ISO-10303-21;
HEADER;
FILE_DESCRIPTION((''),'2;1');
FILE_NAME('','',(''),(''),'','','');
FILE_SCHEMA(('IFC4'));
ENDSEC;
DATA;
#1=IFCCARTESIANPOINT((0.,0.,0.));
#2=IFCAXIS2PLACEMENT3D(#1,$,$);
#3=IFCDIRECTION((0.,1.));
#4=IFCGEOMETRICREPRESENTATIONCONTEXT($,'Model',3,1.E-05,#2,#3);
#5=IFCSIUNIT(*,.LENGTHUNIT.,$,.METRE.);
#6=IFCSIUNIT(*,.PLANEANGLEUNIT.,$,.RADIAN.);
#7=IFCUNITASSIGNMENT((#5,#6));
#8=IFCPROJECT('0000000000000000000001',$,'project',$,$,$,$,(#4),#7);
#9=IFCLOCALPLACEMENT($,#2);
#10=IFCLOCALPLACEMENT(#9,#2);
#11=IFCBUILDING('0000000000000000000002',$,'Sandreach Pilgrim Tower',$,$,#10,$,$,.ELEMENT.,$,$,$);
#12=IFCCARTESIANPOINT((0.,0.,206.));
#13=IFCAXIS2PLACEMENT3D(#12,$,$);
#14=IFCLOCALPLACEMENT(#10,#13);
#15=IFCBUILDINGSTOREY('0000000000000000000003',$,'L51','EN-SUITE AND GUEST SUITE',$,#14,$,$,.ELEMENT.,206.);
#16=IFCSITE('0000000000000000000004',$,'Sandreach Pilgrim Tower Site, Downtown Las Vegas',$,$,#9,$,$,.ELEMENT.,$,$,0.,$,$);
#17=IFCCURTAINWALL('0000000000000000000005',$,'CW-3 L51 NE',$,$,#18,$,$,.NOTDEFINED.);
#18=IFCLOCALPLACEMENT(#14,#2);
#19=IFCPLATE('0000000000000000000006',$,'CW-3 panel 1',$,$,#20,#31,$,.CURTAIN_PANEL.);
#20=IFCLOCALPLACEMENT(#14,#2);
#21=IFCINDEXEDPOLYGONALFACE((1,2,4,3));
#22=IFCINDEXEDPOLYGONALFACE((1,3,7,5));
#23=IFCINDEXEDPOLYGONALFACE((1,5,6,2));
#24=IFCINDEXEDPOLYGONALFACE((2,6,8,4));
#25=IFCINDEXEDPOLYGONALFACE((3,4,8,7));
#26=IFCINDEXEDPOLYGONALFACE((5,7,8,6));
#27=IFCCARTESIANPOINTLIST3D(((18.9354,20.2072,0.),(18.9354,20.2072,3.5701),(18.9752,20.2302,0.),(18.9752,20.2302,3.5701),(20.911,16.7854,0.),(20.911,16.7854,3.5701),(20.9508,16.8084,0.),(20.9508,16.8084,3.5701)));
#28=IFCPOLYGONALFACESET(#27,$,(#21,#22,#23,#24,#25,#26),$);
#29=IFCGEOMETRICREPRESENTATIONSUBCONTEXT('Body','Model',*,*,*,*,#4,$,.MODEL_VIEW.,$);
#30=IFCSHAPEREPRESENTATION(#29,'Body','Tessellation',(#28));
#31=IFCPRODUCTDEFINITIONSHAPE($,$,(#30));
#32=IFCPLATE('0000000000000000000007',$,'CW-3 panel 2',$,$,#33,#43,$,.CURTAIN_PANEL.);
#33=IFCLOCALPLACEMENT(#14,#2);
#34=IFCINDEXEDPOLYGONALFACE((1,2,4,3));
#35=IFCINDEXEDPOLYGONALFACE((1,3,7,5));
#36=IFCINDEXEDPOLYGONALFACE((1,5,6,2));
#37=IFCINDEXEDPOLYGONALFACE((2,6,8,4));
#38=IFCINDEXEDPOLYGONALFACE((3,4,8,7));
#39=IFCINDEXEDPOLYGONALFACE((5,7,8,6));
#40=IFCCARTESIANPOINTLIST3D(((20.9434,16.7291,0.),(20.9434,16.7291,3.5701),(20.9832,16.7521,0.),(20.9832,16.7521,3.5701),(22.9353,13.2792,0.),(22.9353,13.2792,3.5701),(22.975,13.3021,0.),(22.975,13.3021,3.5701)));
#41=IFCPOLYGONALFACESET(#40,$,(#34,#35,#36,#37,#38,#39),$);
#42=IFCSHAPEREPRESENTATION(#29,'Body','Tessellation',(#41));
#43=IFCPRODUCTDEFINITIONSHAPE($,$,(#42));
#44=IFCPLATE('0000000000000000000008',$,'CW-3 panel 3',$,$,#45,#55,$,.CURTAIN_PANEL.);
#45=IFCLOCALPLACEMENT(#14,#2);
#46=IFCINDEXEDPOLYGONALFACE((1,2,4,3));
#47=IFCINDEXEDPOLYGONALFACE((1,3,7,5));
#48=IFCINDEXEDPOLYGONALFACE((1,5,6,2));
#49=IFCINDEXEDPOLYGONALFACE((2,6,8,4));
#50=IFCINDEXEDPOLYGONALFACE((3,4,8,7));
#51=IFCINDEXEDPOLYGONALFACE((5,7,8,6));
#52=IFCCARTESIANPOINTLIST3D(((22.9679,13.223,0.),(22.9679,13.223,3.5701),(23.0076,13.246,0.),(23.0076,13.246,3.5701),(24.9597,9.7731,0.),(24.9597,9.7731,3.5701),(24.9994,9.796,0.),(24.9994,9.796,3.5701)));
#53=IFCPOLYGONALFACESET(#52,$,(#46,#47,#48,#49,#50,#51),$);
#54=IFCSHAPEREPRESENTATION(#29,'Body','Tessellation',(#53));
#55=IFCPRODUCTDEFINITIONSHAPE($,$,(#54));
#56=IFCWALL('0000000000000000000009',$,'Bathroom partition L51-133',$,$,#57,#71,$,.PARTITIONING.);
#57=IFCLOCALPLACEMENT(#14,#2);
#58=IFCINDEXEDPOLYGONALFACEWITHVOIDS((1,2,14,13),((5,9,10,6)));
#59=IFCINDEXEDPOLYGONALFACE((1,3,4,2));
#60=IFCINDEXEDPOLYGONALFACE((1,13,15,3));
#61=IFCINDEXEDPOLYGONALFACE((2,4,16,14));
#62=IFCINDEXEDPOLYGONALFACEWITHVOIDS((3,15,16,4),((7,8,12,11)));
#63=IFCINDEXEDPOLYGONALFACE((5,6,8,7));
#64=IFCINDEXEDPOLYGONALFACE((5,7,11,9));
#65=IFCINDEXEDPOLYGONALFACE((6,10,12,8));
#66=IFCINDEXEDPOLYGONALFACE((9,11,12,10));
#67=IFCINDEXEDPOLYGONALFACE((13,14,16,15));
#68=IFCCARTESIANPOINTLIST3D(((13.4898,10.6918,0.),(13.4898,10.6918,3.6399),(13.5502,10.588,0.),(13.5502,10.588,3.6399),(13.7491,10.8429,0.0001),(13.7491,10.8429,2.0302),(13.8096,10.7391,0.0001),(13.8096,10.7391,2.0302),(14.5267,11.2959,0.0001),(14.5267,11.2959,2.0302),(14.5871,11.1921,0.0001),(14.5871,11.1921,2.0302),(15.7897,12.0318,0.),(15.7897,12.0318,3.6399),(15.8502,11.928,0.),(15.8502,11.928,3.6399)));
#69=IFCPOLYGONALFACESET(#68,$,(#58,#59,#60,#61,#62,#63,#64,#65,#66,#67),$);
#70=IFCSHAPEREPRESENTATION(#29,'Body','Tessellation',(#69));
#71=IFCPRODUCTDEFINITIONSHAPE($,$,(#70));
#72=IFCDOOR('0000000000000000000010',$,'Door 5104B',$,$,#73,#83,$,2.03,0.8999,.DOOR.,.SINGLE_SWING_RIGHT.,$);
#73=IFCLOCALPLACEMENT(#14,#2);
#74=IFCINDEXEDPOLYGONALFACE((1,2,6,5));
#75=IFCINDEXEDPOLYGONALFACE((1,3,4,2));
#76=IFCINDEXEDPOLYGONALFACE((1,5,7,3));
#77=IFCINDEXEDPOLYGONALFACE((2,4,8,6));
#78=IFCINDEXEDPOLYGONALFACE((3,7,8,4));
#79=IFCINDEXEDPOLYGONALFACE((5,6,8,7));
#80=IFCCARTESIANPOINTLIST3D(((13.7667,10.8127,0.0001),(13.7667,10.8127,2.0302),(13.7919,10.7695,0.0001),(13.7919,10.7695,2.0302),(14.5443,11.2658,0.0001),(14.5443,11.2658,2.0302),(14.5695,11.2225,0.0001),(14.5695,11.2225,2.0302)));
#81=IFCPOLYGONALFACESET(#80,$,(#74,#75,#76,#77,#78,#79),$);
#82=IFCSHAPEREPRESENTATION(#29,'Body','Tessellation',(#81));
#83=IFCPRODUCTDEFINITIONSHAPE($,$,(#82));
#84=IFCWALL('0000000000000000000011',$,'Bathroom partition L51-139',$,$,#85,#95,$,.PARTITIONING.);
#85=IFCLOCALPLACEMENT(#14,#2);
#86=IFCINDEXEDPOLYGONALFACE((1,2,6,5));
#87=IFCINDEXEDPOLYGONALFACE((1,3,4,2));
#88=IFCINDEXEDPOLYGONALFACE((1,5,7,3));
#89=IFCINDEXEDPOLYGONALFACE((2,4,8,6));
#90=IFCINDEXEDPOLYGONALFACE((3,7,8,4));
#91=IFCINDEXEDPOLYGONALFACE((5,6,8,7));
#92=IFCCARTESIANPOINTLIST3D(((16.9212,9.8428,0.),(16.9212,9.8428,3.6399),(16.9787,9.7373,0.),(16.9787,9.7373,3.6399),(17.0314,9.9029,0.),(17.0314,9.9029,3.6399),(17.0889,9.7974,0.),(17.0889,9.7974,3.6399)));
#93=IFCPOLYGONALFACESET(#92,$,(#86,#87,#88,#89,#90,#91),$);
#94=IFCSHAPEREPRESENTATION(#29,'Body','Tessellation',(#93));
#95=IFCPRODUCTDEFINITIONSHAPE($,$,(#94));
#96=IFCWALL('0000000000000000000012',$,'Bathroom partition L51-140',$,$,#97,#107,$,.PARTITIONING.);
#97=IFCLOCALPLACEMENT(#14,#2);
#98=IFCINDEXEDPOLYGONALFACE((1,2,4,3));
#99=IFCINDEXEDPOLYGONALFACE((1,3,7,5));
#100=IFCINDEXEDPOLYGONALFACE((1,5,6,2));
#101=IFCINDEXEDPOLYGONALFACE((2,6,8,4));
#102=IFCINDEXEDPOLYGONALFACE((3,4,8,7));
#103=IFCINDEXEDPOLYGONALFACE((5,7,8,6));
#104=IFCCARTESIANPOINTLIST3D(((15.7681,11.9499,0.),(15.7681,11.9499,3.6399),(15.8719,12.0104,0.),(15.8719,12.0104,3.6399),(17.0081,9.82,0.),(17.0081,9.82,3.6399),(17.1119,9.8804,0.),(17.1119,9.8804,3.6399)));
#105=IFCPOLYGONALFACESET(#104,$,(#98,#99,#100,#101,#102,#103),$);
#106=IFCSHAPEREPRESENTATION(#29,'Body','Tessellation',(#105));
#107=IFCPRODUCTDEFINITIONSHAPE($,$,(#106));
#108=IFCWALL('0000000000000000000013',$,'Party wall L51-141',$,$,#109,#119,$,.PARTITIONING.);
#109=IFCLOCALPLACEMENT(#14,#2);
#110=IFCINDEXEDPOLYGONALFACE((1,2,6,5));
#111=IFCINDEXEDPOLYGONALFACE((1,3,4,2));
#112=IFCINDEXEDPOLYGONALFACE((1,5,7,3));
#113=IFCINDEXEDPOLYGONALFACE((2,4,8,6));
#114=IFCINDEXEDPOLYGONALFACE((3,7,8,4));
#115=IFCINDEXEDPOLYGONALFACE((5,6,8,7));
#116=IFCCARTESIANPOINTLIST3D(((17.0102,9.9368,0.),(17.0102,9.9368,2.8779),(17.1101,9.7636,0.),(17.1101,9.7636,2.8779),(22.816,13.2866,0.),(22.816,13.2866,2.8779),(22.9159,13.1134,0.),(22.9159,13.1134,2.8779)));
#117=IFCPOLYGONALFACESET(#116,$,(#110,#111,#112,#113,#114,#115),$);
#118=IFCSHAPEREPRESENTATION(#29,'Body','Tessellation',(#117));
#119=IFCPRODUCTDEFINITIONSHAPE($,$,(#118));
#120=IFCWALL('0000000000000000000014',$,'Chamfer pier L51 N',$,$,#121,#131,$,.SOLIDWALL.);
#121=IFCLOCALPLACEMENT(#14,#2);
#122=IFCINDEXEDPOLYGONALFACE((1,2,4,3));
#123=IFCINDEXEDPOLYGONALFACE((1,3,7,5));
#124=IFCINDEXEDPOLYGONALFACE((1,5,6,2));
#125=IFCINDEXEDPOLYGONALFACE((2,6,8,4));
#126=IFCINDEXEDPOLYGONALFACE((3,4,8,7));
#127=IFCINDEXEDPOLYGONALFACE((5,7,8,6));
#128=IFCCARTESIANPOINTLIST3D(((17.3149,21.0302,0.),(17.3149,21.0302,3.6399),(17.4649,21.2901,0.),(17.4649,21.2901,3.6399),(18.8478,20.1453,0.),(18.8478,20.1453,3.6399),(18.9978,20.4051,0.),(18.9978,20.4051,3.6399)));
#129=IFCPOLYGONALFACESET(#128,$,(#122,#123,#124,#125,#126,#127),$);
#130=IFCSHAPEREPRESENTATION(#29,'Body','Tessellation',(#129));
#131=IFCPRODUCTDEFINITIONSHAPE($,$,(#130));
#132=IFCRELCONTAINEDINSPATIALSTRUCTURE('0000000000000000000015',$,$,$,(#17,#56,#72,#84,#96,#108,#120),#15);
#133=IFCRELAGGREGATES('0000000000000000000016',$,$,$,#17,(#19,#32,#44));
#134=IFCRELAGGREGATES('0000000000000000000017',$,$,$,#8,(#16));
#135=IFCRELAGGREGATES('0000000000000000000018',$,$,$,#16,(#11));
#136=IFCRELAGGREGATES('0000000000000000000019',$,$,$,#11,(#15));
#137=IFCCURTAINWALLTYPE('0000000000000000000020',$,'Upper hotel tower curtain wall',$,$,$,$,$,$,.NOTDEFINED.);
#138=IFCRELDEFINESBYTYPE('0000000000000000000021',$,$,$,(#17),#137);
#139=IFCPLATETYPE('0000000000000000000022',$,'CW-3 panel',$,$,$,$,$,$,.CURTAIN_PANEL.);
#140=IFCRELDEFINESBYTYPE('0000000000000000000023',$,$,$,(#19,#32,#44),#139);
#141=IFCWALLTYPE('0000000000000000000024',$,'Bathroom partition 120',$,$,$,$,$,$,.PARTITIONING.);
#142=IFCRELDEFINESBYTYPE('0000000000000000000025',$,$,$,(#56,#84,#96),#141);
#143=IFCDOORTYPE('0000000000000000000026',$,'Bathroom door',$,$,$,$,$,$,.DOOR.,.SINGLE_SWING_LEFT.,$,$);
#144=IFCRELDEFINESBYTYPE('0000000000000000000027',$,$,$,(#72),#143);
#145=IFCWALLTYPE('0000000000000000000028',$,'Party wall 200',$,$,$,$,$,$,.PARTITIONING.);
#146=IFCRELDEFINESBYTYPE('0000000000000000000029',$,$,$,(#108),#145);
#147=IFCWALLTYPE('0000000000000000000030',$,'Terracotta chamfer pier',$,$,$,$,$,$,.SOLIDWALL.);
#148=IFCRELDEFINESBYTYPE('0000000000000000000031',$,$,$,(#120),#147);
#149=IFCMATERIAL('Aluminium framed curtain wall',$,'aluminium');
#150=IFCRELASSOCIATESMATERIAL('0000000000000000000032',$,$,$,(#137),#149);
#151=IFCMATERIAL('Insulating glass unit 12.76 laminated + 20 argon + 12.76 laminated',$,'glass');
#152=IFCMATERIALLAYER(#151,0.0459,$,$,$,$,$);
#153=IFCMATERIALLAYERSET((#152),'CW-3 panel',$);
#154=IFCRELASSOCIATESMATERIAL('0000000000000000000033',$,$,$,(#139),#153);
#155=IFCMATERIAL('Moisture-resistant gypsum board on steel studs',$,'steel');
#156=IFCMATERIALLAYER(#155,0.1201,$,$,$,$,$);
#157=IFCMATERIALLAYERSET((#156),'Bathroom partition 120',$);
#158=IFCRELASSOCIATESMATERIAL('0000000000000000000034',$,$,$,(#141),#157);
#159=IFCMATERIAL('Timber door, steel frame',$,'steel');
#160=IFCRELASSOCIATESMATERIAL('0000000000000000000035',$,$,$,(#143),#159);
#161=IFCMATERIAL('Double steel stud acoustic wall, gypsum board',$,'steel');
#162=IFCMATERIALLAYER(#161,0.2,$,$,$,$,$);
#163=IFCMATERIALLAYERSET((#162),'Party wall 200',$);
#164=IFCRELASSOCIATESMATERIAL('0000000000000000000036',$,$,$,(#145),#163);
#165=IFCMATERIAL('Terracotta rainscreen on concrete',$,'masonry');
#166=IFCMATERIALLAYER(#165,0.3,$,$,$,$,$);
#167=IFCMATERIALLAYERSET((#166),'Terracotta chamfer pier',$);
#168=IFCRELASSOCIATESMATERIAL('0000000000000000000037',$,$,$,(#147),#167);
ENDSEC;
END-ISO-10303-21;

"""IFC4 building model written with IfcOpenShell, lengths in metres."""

from ifc_helpers import new_model, si_unit, direction, frame, frame_2d, origin, origin_2d, place, context, subcontext, project, spatial, rectangle, extrude, material, layer, layer_set, type_object, element, fill, aggregate, save


model = new_model("IFC4")

# Units and contexts
model_context = context("Model", 3, precision=1e-05, world=origin(), true_north=direction((0.0, 1.0)))
body_context = subcontext(model_context, "Body", "Model", "MODEL_VIEW")
ifc_project = project(units=[si_unit("LENGTHUNIT", "METRE"), si_unit("PLANEANGLEUNIT", "RADIAN")], contexts=[model_context])

# Site, building, storey
site_placement = place(None, origin())
site = spatial("IfcSite", under=ifc_project, at=site_placement, Name="Sandreach Pilgrim Tower Site, Downtown Las Vegas", CompositionType="ELEMENT", RefElevation=0.0)
building_placement = place(site_placement, origin())
building = spatial("IfcBuilding", under=site, at=building_placement, Name="Sandreach Pilgrim Tower", CompositionType="ELEMENT")
storey_placement = place(building_placement, frame((0.0, 0.0, 206.0)))
storey = spatial("IfcBuildingStorey", under=building, at=storey_placement, Name="L51", Description="EN-SUITE AND GUEST SUITE", CompositionType="ELEMENT", Elevation=206.0)

# Shared definitions
ifc_material_1 = material(Name="Aluminium framed curtain wall", Category="aluminium")
curtain_wall_type = type_object("IfcCurtainWallType", Name="Upper hotel tower curtain wall", PredefinedType="NOTDEFINED", material=ifc_material_1)

# Curtain wall
curtain_wall_1_placement = place(storey_placement, origin())
curtain_wall_1 = element("IfcCurtainWall", 1, at=curtain_wall_1_placement, inside=storey, type_object=curtain_wall_type, Name="CW-3 L51 NE", PredefinedType="NOTDEFINED")

# Plates
ifc_material_2 = material(Name="Insulating glass unit 12.76 laminated + 20 argon + 12.76 laminated", Category="glass")
ifc_layer_1 = layer(ifc_material_2, 0.0459)
ifc_layer_set_1 = layer_set([ifc_layer_1], Name="CW-3 panel")
plate_type = type_object("IfcPlateType", Name="CW-3 panel", PredefinedType="CURTAIN_PANEL", material=ifc_layer_set_1)
plate_1_placement = place(storey_placement, frame((19.9431, 18.5078, 0.0), z_axis=(0.0, 0.0, 1.0), x_axis=(0.5, -0.866025, 0.0)))
plate_1 = element("IfcPlate", 2, at=plate_1_placement, type_object=plate_type, Name="CW-3 panel 1", PredefinedType="CURTAIN_PANEL", context=body_context, shape_type="SweptSolid", body=[
    extrude(rectangle(XDim=3.9512, YDim=0.0459, at=origin_2d()), origin(), (0.0, 0.0, 1.0), 3.5701),
])
plate_2_placement = place(storey_placement, frame((21.9592, 15.0156, 0.0), z_axis=(0.0, 0.0, 1.0), x_axis=(0.5, -0.866025, 0.0)))
plate_2 = element("IfcPlate", 3, at=plate_2_placement, type_object=plate_type, Name="CW-3 panel 2", PredefinedType="CURTAIN_PANEL", context=body_context, shape_type="SweptSolid", body=[
    extrude(rectangle(XDim=3.9836, YDim=0.0459, at=origin_2d()), origin(), (0.0, 0.0, 1.0), 3.5701),
])
plate_3_placement = place(storey_placement, frame((23.9836, 11.5095, 0.0), z_axis=(0.0, 0.0, 1.0), x_axis=(0.5, -0.866025, 0.0)))
plate_3 = element("IfcPlate", 4, at=plate_3_placement, type_object=plate_type, Name="CW-3 panel 3", PredefinedType="CURTAIN_PANEL", context=body_context, shape_type="SweptSolid", body=[
    extrude(rectangle(XDim=3.9836, YDim=0.0459, at=origin_2d()), origin(), (0.0, 0.0, 1.0), 3.5701),
])
aggregate(curtain_wall_1, [plate_1, plate_2, plate_3])

# Wall, opening, door
ifc_material_3 = material(Name="Moisture-resistant gypsum board on steel studs", Category="steel")
ifc_layer_2 = layer(ifc_material_3, 0.1201)
ifc_layer_set_2 = layer_set([ifc_layer_2], Name="Bathroom partition 120")
wall_type_1 = type_object("IfcWallType", Name="Bathroom partition 120", PredefinedType="PARTITIONING", material=ifc_layer_set_2)
wall_1_placement = place(storey_placement, frame((15.8201, 11.98, 0.0), z_axis=(0.0, 0.0, 1.0), x_axis=(-0.864042, -0.50342, 0.0)))
wall_1 = element("IfcWall", 5, at=wall_1_placement, inside=storey, type_object=wall_type_1, Name="Bathroom partition L51-133", PredefinedType="PARTITIONING", context=body_context, shape_type="SweptSolid", body=[
    extrude(rectangle(XDim=2.6619, YDim=0.1201, at=frame_2d((1.3311, 0.0))), origin(), (0.0, 0.0, 1.0), 3.6399),
])
opening_placement = place(wall_1_placement, frame((1.4619, 0.0, 0.0)))
opening = element("IfcOpeningElement", 6, at=opening_placement, cuts=wall_1, PredefinedType="OPENING", context=body_context, shape_type="SweptSolid", body=[
    extrude(rectangle(XDim=0.8999, YDim=2.03, at=frame_2d((0.45, 1.0151))), frame((0.0, 0.0601, 0.0), z_axis=(0.0, -1.0, 0.0), x_axis=(1.0, 0.0, 0.0)), (0.0, 0.0, 1.0), 0.1201),
])
ifc_material_4 = material(Name="Timber door, steel frame", Category="steel")
door_type = type_object("IfcDoorType", Name="Bathroom door", OperationType="SINGLE_SWING_LEFT", PredefinedType="DOOR", material=ifc_material_4)
door_placement = place(opening_placement, origin())
door = element("IfcDoor", 7, at=door_placement, inside=storey, type_object=door_type, Name="Door 5104B", OperationType="SINGLE_SWING_RIGHT", OverallHeight=2.03, OverallWidth=0.8999, PredefinedType="DOOR", context=body_context, shape_type="SweptSolid", body=[
    extrude(rectangle(XDim=0.8999, YDim=2.03, at=frame_2d((0.45, 1.0151))), frame((0.0, 0.0249, 0.0), z_axis=(0.0, -1.0, 0.0), x_axis=(1.0, 0.0, 0.0)), (0.0, 0.0, 1.0), 0.05),
])
fill(opening, door)

# Walls
wall_2_placement = place(storey_placement, frame((16.95, 9.79, 0.0), z_axis=(0.0, 0.0, 1.0), x_axis=(0.877896, 0.478852, 0.0)))
element("IfcWall", 8, at=wall_2_placement, inside=storey, type_object=wall_type_1, Name="Bathroom partition L51-139", PredefinedType="PARTITIONING", context=body_context, shape_type="SweptSolid", body=[
    extrude(rectangle(XDim=0.1255, YDim=0.1201, at=frame_2d((0.0627, 0.0))), origin(), (0.0, 0.0, 1.0), 3.6399),
])
wall_3_placement = place(storey_placement, frame((17.0601, 9.8501, 0.0), z_axis=(0.0, 0.0, 1.0), x_axis=(-0.503132, 0.86421, 0.0)))
element("IfcWall", 9, at=wall_3_placement, inside=storey, type_object=wall_type_1, Name="Bathroom partition L51-140", PredefinedType="PARTITIONING", context=body_context, shape_type="SweptSolid", body=[
    extrude(rectangle(XDim=2.4646, YDim=0.1201, at=frame_2d((1.2324, 0.0))), origin(), (0.0, 0.0, 1.0), 3.6399),
])
ifc_material_5 = material(Name="Double steel stud acoustic wall, gypsum board", Category="steel")
ifc_layer_3 = layer(ifc_material_5, 0.2)
ifc_layer_set_3 = layer_set([ifc_layer_3], Name="Party wall 200")
wall_type_2 = type_object("IfcWallType", Name="Party wall 200", PredefinedType="PARTITIONING", material=ifc_layer_set_3)
wall_4_placement = place(storey_placement, frame((17.0601, 9.8501, 0.0), z_axis=(0.0, 0.0, 1.0), x_axis=(0.866167, 0.499755, 0.0)))
element("IfcWall", 10, at=wall_4_placement, inside=storey, type_object=wall_type_2, Name="Party wall L51-141", PredefinedType="PARTITIONING", context=body_context, shape_type="SweptSolid", body=[
    extrude(rectangle(XDim=6.7029, YDim=0.2, at=frame_2d((3.3516, 0.0))), origin(), (0.0, 0.0, 1.0), 2.8779),
])
ifc_material_6 = material(Name="Terracotta rainscreen on concrete", Category="masonry")
ifc_layer_4 = layer(ifc_material_6, 0.3)
ifc_layer_set_4 = layer_set([ifc_layer_4], Name="Terracotta chamfer pier")
wall_type_3 = type_object("IfcWallType", Name="Terracotta chamfer pier", PredefinedType="SOLIDWALL", material=ifc_layer_set_4)
wall_5_placement = place(storey_placement, frame((17.3899, 21.1602, 0.0), z_axis=(0.0, 0.0, 1.0), x_axis=(0.866036, -0.499981, 0.0)))
element("IfcWall", 11, at=wall_5_placement, inside=storey, type_object=wall_type_3, Name="Chamfer pier L51 N", PredefinedType="SOLIDWALL", context=body_context, shape_type="SweptSolid", body=[
    extrude(rectangle(XDim=1.77, YDim=0.3, at=frame_2d((0.885, 0.0))), origin(), (0.0, 0.0, 1.0), 3.6399),
])

save(model, "model.ifc")
